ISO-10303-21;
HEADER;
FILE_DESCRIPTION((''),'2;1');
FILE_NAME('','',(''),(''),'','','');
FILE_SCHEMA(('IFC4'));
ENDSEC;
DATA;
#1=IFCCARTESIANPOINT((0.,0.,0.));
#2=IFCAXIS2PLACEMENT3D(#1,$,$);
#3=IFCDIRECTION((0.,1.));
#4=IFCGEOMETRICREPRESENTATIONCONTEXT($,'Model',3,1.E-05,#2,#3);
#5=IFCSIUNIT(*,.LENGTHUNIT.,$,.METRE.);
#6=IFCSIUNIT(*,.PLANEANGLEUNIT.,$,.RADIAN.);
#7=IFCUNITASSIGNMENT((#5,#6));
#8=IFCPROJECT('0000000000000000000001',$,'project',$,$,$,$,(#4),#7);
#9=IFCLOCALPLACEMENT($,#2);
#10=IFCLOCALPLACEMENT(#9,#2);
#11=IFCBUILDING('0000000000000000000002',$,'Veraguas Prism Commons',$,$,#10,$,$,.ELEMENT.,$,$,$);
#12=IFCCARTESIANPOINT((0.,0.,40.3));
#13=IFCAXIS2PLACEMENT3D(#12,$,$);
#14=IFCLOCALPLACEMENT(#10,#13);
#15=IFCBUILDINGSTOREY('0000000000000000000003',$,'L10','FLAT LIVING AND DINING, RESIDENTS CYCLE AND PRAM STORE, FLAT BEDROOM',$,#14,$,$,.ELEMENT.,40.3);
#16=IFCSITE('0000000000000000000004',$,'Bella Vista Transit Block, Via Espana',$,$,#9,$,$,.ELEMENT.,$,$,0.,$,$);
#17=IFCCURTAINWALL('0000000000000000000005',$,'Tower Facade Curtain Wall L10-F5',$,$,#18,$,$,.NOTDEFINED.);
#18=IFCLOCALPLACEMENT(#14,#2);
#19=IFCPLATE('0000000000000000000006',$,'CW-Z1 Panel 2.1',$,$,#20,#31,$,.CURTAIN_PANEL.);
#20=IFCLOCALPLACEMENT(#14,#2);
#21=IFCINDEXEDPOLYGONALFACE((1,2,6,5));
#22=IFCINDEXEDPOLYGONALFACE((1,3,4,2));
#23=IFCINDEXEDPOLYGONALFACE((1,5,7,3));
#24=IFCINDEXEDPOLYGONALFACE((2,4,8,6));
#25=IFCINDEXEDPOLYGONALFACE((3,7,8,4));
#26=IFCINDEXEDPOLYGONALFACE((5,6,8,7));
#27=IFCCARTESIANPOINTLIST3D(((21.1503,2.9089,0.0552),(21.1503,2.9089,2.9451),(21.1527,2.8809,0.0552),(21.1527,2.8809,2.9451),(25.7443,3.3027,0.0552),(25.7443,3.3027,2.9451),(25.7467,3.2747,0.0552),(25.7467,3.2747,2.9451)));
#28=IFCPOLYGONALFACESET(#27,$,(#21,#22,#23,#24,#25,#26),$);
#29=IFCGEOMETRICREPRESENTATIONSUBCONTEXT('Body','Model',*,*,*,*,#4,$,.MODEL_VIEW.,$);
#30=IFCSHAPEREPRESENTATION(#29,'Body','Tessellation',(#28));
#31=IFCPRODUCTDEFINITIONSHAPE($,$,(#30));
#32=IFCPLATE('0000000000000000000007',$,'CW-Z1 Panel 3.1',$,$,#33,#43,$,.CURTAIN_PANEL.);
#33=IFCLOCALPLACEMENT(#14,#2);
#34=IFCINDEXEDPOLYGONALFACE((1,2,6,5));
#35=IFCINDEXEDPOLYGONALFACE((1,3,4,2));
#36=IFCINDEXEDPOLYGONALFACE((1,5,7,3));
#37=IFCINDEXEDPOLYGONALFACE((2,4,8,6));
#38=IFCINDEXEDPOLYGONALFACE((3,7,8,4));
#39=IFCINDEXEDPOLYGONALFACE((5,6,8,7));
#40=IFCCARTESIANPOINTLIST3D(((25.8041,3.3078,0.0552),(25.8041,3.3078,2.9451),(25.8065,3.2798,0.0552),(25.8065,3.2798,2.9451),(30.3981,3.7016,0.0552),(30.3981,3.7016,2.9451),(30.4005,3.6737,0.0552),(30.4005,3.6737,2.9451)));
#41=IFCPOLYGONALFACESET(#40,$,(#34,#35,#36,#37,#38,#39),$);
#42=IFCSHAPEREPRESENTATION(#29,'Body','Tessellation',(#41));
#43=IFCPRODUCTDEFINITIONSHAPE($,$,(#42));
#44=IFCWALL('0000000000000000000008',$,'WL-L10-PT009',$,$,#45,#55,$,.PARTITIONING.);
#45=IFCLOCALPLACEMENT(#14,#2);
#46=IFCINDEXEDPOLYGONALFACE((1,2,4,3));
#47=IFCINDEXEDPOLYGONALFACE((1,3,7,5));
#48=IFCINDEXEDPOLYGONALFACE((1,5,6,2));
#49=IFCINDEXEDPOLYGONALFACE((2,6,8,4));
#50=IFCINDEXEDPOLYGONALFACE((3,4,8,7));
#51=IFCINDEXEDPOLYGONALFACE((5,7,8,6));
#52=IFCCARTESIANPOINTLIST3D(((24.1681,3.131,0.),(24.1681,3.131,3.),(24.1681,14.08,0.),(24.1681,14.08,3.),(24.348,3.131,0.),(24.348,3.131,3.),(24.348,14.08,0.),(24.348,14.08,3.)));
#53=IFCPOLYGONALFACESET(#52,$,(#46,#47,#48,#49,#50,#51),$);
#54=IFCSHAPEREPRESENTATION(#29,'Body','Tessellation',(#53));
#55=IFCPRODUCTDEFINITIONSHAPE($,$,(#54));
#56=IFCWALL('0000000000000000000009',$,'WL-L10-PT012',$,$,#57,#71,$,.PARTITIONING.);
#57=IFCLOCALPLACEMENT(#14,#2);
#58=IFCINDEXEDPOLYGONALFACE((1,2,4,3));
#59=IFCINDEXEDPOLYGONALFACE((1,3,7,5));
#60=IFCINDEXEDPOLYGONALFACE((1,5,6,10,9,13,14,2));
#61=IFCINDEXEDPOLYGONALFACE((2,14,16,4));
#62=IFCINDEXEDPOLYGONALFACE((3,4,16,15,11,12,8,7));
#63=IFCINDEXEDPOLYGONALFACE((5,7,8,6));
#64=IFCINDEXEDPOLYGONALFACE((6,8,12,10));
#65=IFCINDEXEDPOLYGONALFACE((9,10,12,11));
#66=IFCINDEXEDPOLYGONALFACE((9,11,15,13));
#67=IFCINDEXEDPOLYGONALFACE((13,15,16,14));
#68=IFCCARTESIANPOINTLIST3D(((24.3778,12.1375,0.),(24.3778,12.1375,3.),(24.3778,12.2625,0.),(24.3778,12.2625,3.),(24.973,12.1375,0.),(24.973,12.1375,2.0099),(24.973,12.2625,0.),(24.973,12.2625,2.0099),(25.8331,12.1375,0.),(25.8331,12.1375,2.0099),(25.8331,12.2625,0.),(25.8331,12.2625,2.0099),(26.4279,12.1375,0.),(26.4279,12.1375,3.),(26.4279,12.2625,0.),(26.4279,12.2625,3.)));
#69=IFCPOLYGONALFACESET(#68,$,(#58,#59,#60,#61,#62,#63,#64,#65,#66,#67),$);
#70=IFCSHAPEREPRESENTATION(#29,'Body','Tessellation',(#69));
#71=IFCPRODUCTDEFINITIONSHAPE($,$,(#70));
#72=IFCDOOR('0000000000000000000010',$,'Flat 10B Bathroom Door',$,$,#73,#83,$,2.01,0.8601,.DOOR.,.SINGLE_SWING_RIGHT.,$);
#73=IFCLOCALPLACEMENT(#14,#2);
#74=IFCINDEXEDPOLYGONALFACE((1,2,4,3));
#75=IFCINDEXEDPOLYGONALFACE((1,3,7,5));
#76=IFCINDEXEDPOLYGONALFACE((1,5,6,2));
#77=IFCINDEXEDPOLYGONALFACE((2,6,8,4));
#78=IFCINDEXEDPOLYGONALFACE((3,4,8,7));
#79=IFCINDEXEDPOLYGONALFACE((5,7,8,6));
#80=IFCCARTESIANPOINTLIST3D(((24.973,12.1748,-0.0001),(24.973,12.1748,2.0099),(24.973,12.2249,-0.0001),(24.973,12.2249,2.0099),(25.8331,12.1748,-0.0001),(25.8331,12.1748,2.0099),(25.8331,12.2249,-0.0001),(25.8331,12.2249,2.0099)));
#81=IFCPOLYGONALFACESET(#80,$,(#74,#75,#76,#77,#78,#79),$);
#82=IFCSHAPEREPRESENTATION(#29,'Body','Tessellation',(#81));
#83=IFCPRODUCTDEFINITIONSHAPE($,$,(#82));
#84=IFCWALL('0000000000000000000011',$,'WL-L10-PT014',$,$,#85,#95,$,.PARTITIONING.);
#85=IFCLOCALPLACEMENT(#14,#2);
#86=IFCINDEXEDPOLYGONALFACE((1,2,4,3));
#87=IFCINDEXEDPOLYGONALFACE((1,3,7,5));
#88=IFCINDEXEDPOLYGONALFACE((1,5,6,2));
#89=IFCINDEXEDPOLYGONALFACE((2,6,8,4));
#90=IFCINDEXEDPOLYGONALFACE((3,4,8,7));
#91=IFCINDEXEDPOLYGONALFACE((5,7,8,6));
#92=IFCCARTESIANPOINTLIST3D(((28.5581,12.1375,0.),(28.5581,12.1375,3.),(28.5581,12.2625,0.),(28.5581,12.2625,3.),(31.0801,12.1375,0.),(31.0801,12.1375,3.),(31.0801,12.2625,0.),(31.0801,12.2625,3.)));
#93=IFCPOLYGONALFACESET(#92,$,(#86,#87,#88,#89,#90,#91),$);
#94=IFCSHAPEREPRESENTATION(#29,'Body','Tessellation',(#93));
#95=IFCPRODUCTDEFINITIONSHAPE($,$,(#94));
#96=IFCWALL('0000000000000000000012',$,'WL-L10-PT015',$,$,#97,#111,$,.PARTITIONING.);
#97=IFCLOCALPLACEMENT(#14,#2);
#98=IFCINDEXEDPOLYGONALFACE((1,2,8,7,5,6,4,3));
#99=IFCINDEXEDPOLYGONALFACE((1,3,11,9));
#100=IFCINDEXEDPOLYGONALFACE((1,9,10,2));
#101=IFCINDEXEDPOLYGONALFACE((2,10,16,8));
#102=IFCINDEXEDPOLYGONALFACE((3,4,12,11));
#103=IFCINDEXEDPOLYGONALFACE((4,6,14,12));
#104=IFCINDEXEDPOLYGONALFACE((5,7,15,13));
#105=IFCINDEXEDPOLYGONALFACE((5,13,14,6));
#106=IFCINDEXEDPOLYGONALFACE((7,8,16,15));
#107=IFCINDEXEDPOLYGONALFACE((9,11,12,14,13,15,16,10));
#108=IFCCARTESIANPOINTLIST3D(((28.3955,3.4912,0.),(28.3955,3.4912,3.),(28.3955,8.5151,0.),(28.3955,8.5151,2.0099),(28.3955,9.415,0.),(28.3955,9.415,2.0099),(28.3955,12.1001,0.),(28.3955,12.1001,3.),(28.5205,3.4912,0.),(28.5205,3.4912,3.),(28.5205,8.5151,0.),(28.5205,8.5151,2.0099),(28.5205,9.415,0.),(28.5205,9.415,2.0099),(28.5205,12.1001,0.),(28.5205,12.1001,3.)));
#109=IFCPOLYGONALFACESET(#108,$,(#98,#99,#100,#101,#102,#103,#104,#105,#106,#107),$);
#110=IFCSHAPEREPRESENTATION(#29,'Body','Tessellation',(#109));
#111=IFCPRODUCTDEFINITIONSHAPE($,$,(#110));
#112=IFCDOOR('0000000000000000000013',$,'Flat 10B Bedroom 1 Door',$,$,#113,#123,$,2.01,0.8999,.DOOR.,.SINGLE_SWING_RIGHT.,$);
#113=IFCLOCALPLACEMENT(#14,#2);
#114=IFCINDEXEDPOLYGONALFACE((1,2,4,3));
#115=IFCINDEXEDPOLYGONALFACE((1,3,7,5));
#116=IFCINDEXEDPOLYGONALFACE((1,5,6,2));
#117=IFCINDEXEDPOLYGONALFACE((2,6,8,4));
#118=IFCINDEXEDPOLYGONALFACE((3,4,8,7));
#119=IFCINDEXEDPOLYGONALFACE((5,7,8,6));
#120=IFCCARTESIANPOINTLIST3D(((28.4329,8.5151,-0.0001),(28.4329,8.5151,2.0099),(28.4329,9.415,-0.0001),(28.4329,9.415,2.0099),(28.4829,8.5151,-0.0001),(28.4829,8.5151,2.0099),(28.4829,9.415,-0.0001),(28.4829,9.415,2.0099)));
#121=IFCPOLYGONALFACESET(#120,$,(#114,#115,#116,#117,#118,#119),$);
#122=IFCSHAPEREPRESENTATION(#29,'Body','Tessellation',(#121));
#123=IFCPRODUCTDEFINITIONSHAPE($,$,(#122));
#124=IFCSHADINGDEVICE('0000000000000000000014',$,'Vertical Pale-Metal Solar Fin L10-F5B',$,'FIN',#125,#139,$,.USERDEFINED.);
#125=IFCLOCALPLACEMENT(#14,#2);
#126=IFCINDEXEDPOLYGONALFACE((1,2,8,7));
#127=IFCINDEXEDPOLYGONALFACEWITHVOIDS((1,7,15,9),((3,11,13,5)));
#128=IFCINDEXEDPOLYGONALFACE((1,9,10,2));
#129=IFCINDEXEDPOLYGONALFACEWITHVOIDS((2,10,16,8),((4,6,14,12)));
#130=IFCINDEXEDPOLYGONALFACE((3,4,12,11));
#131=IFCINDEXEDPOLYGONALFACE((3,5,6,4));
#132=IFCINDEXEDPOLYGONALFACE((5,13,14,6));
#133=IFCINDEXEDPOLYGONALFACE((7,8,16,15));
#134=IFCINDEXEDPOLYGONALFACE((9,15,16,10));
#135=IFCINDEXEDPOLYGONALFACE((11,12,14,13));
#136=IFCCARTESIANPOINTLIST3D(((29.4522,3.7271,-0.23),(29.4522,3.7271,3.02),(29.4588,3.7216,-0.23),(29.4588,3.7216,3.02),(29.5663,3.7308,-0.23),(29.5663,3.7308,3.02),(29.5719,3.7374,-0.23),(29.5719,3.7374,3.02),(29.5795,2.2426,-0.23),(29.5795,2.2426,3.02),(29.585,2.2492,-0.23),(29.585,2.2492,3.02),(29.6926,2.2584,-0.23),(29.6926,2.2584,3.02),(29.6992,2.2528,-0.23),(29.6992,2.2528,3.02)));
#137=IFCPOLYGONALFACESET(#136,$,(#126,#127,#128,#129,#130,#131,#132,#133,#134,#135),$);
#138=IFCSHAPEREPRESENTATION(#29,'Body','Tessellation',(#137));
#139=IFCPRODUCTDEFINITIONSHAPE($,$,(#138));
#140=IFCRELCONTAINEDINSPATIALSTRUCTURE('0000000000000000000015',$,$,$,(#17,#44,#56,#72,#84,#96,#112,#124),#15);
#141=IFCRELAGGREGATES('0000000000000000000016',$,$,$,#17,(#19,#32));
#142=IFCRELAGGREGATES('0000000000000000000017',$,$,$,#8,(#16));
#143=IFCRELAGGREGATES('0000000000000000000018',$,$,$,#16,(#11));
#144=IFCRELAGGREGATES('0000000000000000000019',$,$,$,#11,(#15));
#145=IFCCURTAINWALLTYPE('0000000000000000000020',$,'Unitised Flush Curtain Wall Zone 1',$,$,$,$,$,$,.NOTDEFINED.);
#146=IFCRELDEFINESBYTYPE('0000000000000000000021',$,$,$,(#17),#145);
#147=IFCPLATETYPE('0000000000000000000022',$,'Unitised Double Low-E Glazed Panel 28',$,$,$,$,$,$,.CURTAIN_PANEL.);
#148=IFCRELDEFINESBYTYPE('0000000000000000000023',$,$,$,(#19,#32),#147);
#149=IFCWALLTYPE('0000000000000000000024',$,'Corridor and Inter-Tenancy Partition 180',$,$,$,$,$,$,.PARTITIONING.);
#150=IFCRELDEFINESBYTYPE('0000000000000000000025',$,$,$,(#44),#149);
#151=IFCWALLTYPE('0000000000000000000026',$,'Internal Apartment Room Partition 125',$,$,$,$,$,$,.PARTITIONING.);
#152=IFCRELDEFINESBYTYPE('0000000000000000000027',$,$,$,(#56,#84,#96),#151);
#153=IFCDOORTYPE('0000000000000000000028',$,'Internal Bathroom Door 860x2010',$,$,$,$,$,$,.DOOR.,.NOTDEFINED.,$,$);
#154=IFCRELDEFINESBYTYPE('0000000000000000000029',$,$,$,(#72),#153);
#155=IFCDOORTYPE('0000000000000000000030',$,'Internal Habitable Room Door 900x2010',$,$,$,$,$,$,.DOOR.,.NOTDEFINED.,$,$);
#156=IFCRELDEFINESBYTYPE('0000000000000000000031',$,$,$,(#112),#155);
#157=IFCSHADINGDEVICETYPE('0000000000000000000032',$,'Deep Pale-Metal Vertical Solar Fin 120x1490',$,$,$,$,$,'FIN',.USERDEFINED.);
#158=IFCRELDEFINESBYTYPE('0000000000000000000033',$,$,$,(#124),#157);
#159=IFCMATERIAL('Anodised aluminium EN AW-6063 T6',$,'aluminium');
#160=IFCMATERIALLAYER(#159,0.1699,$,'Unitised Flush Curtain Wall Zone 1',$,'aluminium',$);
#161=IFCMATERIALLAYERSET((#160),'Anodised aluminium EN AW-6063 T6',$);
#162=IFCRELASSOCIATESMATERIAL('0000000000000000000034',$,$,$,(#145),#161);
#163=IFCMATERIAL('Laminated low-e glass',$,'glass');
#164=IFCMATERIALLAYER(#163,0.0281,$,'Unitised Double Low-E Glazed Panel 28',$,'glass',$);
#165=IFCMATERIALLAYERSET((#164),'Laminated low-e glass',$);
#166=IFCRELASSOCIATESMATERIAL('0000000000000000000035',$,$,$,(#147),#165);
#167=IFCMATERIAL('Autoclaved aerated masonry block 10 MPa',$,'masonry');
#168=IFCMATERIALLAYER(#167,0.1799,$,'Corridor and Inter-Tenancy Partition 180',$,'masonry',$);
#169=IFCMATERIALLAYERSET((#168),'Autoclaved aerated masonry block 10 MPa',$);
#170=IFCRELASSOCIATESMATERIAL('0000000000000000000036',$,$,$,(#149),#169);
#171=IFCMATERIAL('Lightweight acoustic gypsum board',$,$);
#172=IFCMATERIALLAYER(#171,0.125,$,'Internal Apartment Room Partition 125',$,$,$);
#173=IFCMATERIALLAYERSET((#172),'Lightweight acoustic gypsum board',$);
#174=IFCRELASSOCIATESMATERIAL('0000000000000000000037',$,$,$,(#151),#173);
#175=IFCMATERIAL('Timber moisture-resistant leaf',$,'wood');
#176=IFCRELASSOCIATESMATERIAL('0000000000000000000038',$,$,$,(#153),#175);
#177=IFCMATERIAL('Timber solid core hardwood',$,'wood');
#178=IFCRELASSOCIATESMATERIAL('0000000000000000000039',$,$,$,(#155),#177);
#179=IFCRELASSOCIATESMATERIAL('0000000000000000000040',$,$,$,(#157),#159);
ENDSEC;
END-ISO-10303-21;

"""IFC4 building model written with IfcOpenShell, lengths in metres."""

from ifc_helpers import new_model, si_unit, direction, frame, frame_2d, origin, origin_2d, place, context, subcontext, project, spatial, rectangle, hollow_rectangle, extrude, source, transform, mapped, material, layer, layer_set, material_profile, profile_set, type_object, element, fill, aggregate, save


model = new_model("IFC4")

# Units and contexts
model_context = context("Model", 3, precision=1e-05, world=origin(), true_north=direction((0.0, 1.0)))
body_context = subcontext(model_context, "Body", "Model", "MODEL_VIEW")
ifc_project = project(units=[si_unit("LENGTHUNIT", "METRE"), si_unit("PLANEANGLEUNIT", "RADIAN")], contexts=[model_context])

# Site, building, storey
site_placement = place(None, origin())
site = spatial("IfcSite", under=ifc_project, at=site_placement, Name="Bella Vista Transit Block, Via Espana", CompositionType="ELEMENT", RefElevation=0.0)
building_placement = place(site_placement, origin())
building = spatial("IfcBuilding", under=site, at=building_placement, Name="Veraguas Prism Commons", CompositionType="ELEMENT")
storey_placement = place(building_placement, frame((0.0, 0.0, 40.3)))
storey = spatial("IfcBuildingStorey", under=building, at=storey_placement, Name="L10", Description="FLAT LIVING AND DINING, RESIDENTS CYCLE AND PRAM STORE, FLAT BEDROOM", CompositionType="ELEMENT", Elevation=40.3)

# Curtain wall, plates
ifc_material_1 = material(Name="Anodised aluminium EN AW-6063 T6", Category="aluminium")
ifc_layer_1 = layer(ifc_material_1, 0.1699, Name="Unitised Flush Curtain Wall Zone 1", Category="aluminium")
ifc_layer_set_1 = layer_set([ifc_layer_1], Name="Anodised aluminium EN AW-6063 T6")
curtain_wall_type = type_object("IfcCurtainWallType", Name="Unitised Flush Curtain Wall Zone 1", PredefinedType="NOTDEFINED", material=ifc_layer_set_1)
curtain_wall_placement = place(storey_placement, origin())
curtain_wall = element("IfcCurtainWall", 1, at=curtain_wall_placement, inside=storey, type_object=curtain_wall_type, Name="Tower Facade Curtain Wall L10-F5", PredefinedType="NOTDEFINED")
ifc_material_2 = material(Name="Laminated low-e glass", Category="glass")
ifc_layer_2 = layer(ifc_material_2, 0.0281, Name="Unitised Double Low-E Glazed Panel 28", Category="glass")
ifc_layer_set_2 = layer_set([ifc_layer_2], Name="Laminated low-e glass")
plate_type = type_object("IfcPlateType", Name="Unitised Double Low-E Glazed Panel 28", PredefinedType="CURTAIN_PANEL", material=ifc_layer_set_2)
shared_shape_1 = source(origin(), body_context, "Body", "SweptSolid", [
    extrude(rectangle(XDim=4.6108, YDim=0.0281, at=origin_2d()), origin(), (0.0, 0.0, 1.0), 2.8899),
])
plate_1_placement = place(storey_placement, frame((23.4485, 3.0918, 0.0552), z_axis=(0.0, 0.0, 1.0), x_axis=(0.996345, 0.085417, 0.0)))
plate_1 = element("IfcPlate", 2, at=plate_1_placement, type_object=plate_type, Name="CW-Z1 Panel 2.1", PredefinedType="CURTAIN_PANEL", context=body_context, shape_type="MappedRepresentation", body=[
    mapped(shared_shape_1, transform((0.0, 0.0, 0.0), scale=1.0)),
])
plate_2_placement = place(storey_placement, frame((28.1023, 3.4907, 0.0552), z_axis=(0.0, 0.0, 1.0), x_axis=(0.996345, 0.085417, 0.0)))
plate_2 = element("IfcPlate", 3, at=plate_2_placement, type_object=plate_type, Name="CW-Z1 Panel 3.1", PredefinedType="CURTAIN_PANEL", context=body_context, shape_type="MappedRepresentation", body=[
    mapped(shared_shape_1, transform((0.0, 0.0, 0.0), scale=1.0)),
])
aggregate(curtain_wall, [plate_1, plate_2])

# Wall
ifc_material_3 = material(Name="Autoclaved aerated masonry block 10 MPa", Category="masonry")
ifc_layer_3 = layer(ifc_material_3, 0.1799, Name="Corridor and Inter-Tenancy Partition 180", Category="masonry")
ifc_layer_set_3 = layer_set([ifc_layer_3], Name="Autoclaved aerated masonry block 10 MPa")
wall_type_1 = type_object("IfcWallType", Name="Corridor and Inter-Tenancy Partition 180", PredefinedType="PARTITIONING", material=ifc_layer_set_3)
wall_1_placement = place(storey_placement, frame((24.2581, 14.0801, 0.0), z_axis=(0.0, 0.0, 1.0), x_axis=(0.0, -1.0, 0.0)))
element("IfcWall", 4, at=wall_1_placement, inside=storey, type_object=wall_type_1, Name="WL-L10-PT009", PredefinedType="PARTITIONING", context=body_context, shape_type="SweptSolid", body=[
    extrude(rectangle(XDim=10.949, YDim=0.1799, at=frame_2d((5.4746, 0.0))), origin(), (0.0, 0.0, 1.0), 3.0),
])

# Wall, opening, door
ifc_material_4 = material(Name="Lightweight acoustic gypsum board")
ifc_layer_4 = layer(ifc_material_4, 0.125, Name="Internal Apartment Room Partition 125")
ifc_layer_set_4 = layer_set([ifc_layer_4], Name="Lightweight acoustic gypsum board")
wall_type_2 = type_object("IfcWallType", Name="Internal Apartment Room Partition 125", PredefinedType="PARTITIONING", material=ifc_layer_set_4)
wall_2_placement = place(storey_placement, frame((24.3779, 12.2, 0.0), z_axis=(0.0, 0.0, 1.0), x_axis=(1.0, 0.0, 0.0)))
wall_2 = element("IfcWall", 5, at=wall_2_placement, inside=storey, type_object=wall_type_2, Name="WL-L10-PT012", PredefinedType="PARTITIONING", context=body_context, shape_type="SweptSolid", body=[
    extrude(rectangle(XDim=2.05, YDim=0.125, at=frame_2d((1.0249, 0.0))), origin(), (0.0, 0.0, 1.0), 3.0),
])
opening_1_placement = place(wall_2_placement, frame((0.595, 0.0, 0.0)))
opening_1 = element("IfcOpeningElement", 6, at=opening_1_placement, cuts=wall_2, PredefinedType="OPENING", context=body_context, shape_type="SweptSolid", body=[
    extrude(rectangle(XDim=0.8601, YDim=2.01, at=frame_2d((0.4302, 1.0049))), frame((0.0, 0.0725, 0.0), z_axis=(0.0, -1.0, 0.0), x_axis=(1.0, 0.0, 0.0)), (0.0, 0.0, 1.0), 0.145),
])
ifc_material_5 = material(Name="Timber moisture-resistant leaf", Category="wood")
door_type_1 = type_object("IfcDoorType", Name="Internal Bathroom Door 860x2010", OperationType="NOTDEFINED", PredefinedType="DOOR", material=ifc_material_5)
shared_shape_2 = source(origin(), body_context, "Body", "SweptSolid", [
    extrude(rectangle(XDim=0.8601, YDim=2.01, at=frame_2d((0.4302, 1.0049))), frame((0.0, 0.0249, 0.0), z_axis=(0.0, -1.0, 0.0), x_axis=(1.0, 0.0, 0.0)), (0.0, 0.0, 1.0), 0.05),
])
door_1_placement = place(opening_1_placement, origin())
door_1 = element("IfcDoor", 7, at=door_1_placement, inside=storey, type_object=door_type_1, Name="Flat 10B Bathroom Door", OperationType="SINGLE_SWING_RIGHT", OverallHeight=2.01, OverallWidth=0.8601, PredefinedType="DOOR", context=body_context, shape_type="MappedRepresentation", body=[
    mapped(shared_shape_2, transform((0.0, 0.0, 0.0), scale=1.0)),
])
fill(opening_1, door_1)

# Wall
wall_3_placement = place(storey_placement, frame((28.5581, 12.2, 0.0), z_axis=(0.0, 0.0, 1.0), x_axis=(1.0, 0.0, 0.0)))
element("IfcWall", 8, at=wall_3_placement, inside=storey, type_object=wall_type_2, Name="WL-L10-PT014", PredefinedType="PARTITIONING", context=body_context, shape_type="SweptSolid", body=[
    extrude(rectangle(XDim=2.522, YDim=0.125, at=frame_2d((1.261, 0.0))), origin(), (0.0, 0.0, 1.0), 3.0),
])

# Wall, opening, door
wall_4_placement = place(storey_placement, frame((28.458, 12.1001, 0.0), z_axis=(0.0, 0.0, 1.0), x_axis=(0.0, -1.0, 0.0)))
wall_4 = element("IfcWall", 9, at=wall_4_placement, inside=storey, type_object=wall_type_2, Name="WL-L10-PT015", PredefinedType="PARTITIONING", context=body_context, shape_type="SweptSolid", body=[
    extrude(rectangle(XDim=8.6089, YDim=0.125, at=frame_2d((4.3044, 0.0))), origin(), (0.0, 0.0, 1.0), 3.0),
])
opening_2_placement = place(wall_4_placement, frame((2.6851, 0.0, 0.0)))
opening_2 = element("IfcOpeningElement", 10, at=opening_2_placement, cuts=wall_4, PredefinedType="OPENING", context=body_context, shape_type="SweptSolid", body=[
    extrude(rectangle(XDim=0.8999, YDim=2.01, at=frame_2d((0.45, 1.0049))), frame((0.0, 0.0725, 0.0), z_axis=(0.0, -1.0, 0.0), x_axis=(1.0, 0.0, 0.0)), (0.0, 0.0, 1.0), 0.145),
])
ifc_material_6 = material(Name="Timber solid core hardwood", Category="wood")
door_type_2 = type_object("IfcDoorType", Name="Internal Habitable Room Door 900x2010", OperationType="NOTDEFINED", PredefinedType="DOOR", material=ifc_material_6)
shared_shape_3 = source(origin(), body_context, "Body", "SweptSolid", [
    extrude(rectangle(XDim=0.8999, YDim=2.01, at=frame_2d((0.45, 1.0049))), frame((0.0, 0.0249, 0.0), z_axis=(0.0, -1.0, 0.0), x_axis=(1.0, 0.0, 0.0)), (0.0, 0.0, 1.0), 0.05),
])
door_2_placement = place(opening_2_placement, origin())
door_2 = element("IfcDoor", 11, at=door_2_placement, inside=storey, type_object=door_type_2, Name="Flat 10B Bedroom 1 Door", OperationType="SINGLE_SWING_RIGHT", OverallHeight=2.01, OverallWidth=0.8999, PredefinedType="DOOR", context=body_context, shape_type="MappedRepresentation", body=[
    mapped(shared_shape_3, transform((0.0, 0.0, 0.0), scale=1.0)),
])
fill(opening_2, door_2)

# Shading device
ifc_material_profile_1 = material_profile(ifc_material_1, hollow_rectangle(XDim=0.1201, YDim=1.49, WallThickness=0.0061, at=origin_2d()), Name="FIN120X1490X6")
ifc_profile_set_1 = profile_set([ifc_material_profile_1], Name="Anodised aluminium EN AW-6063 T6")
shading_device_type = type_object("IfcShadingDeviceType", Name="Deep Pale-Metal Vertical Solar Fin 120x1490", ElementType="FIN", PredefinedType="USERDEFINED", material=ifc_profile_set_1)
shading_device_placement = place(storey_placement, frame((29.5757, 2.99, -0.23), z_axis=(0.0, 0.0, 1.0), x_axis=(0.996346, 0.085413, 0.0)))
element("IfcShadingDevice", 12, at=shading_device_placement, inside=storey, type_object=shading_device_type, Name="Vertical Pale-Metal Solar Fin L10-F5B", ObjectType="FIN", PredefinedType="USERDEFINED", context=body_context, shape_type="SweptSolid", body=[
    extrude(hollow_rectangle(XDim=0.1201, YDim=1.49, WallThickness=0.0061, at=origin_2d()), origin(), (0.0, 0.0, 1.0), 3.25),
])

save(model, "model.ifc")
